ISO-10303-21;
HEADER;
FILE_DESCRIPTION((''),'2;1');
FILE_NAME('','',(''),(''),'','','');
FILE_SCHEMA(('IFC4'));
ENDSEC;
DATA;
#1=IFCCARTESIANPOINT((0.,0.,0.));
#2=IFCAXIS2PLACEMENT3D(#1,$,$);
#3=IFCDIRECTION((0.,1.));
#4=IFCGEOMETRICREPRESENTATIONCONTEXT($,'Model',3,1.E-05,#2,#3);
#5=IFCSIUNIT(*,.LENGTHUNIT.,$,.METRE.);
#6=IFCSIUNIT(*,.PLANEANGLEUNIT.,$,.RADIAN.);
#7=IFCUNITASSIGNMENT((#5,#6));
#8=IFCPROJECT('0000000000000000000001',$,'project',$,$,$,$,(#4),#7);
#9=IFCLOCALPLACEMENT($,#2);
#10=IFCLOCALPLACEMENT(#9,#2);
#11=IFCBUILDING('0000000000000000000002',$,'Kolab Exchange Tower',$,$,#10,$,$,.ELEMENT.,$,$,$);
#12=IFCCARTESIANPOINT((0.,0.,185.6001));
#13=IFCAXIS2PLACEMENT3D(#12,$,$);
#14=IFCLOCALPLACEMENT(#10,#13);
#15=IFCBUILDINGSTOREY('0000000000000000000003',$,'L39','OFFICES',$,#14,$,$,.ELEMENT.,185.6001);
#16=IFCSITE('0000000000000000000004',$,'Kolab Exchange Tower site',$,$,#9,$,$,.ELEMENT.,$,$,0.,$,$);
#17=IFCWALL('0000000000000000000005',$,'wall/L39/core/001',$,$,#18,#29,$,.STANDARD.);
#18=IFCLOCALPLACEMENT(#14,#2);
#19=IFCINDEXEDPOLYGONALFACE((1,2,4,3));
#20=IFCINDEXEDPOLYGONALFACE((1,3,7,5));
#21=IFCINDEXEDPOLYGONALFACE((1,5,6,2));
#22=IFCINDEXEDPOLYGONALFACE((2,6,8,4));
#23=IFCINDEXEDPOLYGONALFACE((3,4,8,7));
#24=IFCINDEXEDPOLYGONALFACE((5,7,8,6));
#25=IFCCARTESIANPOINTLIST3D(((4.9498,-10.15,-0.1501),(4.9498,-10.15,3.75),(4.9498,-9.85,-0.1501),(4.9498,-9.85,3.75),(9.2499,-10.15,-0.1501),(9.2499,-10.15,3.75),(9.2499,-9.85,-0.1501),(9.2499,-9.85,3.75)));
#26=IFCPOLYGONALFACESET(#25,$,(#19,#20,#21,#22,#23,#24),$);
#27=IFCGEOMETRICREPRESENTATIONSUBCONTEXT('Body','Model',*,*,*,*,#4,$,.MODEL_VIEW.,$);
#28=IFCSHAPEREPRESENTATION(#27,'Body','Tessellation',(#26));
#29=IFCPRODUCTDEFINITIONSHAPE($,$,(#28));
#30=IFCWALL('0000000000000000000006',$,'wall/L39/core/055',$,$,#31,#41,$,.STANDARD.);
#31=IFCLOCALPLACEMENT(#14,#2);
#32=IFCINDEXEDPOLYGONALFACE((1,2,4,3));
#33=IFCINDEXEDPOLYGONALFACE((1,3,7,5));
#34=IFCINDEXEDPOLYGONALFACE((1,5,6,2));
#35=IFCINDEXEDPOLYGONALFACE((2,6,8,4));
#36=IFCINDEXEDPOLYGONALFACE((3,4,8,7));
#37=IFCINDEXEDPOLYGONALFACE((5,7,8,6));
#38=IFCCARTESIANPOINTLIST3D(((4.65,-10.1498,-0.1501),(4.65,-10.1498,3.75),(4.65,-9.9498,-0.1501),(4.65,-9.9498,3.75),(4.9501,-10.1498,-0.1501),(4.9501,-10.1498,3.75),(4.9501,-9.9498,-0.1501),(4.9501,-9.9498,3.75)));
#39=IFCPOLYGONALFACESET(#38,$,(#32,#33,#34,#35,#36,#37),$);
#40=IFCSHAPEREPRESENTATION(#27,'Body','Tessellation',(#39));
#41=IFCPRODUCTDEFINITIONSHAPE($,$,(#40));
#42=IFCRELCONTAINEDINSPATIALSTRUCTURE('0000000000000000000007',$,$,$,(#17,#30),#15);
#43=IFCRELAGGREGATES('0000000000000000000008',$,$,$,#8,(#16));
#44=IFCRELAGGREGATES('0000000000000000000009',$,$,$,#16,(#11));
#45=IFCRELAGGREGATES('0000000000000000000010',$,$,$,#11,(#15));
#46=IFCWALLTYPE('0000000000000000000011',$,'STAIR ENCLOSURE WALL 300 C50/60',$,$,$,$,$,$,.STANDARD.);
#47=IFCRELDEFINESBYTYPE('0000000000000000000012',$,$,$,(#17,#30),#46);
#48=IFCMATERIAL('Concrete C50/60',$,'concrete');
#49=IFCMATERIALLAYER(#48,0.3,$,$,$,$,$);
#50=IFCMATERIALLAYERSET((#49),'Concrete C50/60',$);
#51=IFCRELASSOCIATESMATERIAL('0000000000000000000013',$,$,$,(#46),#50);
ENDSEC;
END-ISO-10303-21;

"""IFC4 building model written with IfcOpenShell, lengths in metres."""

from ifc_helpers import new_model, si_unit, direction, frame, frame_2d, origin, place, context, subcontext, project, spatial, rectangle, extrude, material, layer, layer_set, type_object, element, save


model = new_model("IFC4")

# Units and contexts
model_context = context("Model", 3, precision=1e-05, world=origin(), true_north=direction((0.0, 1.0)))
body_context = subcontext(model_context, "Body", "Model", "MODEL_VIEW")
ifc_project = project(units=[si_unit("LENGTHUNIT", "METRE"), si_unit("PLANEANGLEUNIT", "RADIAN")], contexts=[model_context])

# Site, building, storey
site_placement = place(None, origin())
site = spatial("IfcSite", under=ifc_project, at=site_placement, Name="Kolab Exchange Tower site", CompositionType="ELEMENT", RefElevation=0.0)
building_placement = place(site_placement, origin())
building = spatial("IfcBuilding", under=site, at=building_placement, Name="Kolab Exchange Tower", CompositionType="ELEMENT")
storey_placement = place(building_placement, frame((0.0, 0.0, 185.6001)))
storey = spatial("IfcBuildingStorey", under=building, at=storey_placement, Name="L39", Description="OFFICES", CompositionType="ELEMENT", Elevation=185.6001)

# Walls
ifc_material_1 = material(Name="Concrete C50/60", Category="concrete")
ifc_layer_1 = layer(ifc_material_1, 0.3)
ifc_layer_set_1 = layer_set([ifc_layer_1], Name="Concrete C50/60")
wall_type_1 = type_object("IfcWallType", Name="STAIR ENCLOSURE WALL 300 C50/60", PredefinedType="STANDARD", material=ifc_layer_set_1)
wall_1_placement = place(storey_placement, frame((4.95, -10.0, -0.1501), z_axis=(0.0, 0.0, 1.0), x_axis=(1.0, 0.0, 0.0)))
element("IfcWall", 1, at=wall_1_placement, inside=storey, type_object=wall_type_1, Name="wall/L39/core/001", PredefinedType="STANDARD", context=body_context, shape_type="SweptSolid", body=[
    extrude(rectangle(XDim=4.3, YDim=0.3, at=frame_2d((2.1499, 0.0))), origin(), (0.0, 0.0, 1.0), 3.9001),
])
wall_2_placement = place(storey_placement, frame((4.8, -10.1499, -0.1501), z_axis=(0.0, 0.0, 1.0), x_axis=(0.0, 1.0, 0.0)))
element("IfcWall", 2, at=wall_2_placement, inside=storey, type_object=wall_type_1, Name="wall/L39/core/055", PredefinedType="STANDARD", context=body_context, shape_type="SweptSolid", body=[
    extrude(rectangle(XDim=0.2, YDim=0.3, at=frame_2d((0.1001, 0.0))), origin(), (0.0, 0.0, 1.0), 3.9001),
])

save(model, "model.ifc")
